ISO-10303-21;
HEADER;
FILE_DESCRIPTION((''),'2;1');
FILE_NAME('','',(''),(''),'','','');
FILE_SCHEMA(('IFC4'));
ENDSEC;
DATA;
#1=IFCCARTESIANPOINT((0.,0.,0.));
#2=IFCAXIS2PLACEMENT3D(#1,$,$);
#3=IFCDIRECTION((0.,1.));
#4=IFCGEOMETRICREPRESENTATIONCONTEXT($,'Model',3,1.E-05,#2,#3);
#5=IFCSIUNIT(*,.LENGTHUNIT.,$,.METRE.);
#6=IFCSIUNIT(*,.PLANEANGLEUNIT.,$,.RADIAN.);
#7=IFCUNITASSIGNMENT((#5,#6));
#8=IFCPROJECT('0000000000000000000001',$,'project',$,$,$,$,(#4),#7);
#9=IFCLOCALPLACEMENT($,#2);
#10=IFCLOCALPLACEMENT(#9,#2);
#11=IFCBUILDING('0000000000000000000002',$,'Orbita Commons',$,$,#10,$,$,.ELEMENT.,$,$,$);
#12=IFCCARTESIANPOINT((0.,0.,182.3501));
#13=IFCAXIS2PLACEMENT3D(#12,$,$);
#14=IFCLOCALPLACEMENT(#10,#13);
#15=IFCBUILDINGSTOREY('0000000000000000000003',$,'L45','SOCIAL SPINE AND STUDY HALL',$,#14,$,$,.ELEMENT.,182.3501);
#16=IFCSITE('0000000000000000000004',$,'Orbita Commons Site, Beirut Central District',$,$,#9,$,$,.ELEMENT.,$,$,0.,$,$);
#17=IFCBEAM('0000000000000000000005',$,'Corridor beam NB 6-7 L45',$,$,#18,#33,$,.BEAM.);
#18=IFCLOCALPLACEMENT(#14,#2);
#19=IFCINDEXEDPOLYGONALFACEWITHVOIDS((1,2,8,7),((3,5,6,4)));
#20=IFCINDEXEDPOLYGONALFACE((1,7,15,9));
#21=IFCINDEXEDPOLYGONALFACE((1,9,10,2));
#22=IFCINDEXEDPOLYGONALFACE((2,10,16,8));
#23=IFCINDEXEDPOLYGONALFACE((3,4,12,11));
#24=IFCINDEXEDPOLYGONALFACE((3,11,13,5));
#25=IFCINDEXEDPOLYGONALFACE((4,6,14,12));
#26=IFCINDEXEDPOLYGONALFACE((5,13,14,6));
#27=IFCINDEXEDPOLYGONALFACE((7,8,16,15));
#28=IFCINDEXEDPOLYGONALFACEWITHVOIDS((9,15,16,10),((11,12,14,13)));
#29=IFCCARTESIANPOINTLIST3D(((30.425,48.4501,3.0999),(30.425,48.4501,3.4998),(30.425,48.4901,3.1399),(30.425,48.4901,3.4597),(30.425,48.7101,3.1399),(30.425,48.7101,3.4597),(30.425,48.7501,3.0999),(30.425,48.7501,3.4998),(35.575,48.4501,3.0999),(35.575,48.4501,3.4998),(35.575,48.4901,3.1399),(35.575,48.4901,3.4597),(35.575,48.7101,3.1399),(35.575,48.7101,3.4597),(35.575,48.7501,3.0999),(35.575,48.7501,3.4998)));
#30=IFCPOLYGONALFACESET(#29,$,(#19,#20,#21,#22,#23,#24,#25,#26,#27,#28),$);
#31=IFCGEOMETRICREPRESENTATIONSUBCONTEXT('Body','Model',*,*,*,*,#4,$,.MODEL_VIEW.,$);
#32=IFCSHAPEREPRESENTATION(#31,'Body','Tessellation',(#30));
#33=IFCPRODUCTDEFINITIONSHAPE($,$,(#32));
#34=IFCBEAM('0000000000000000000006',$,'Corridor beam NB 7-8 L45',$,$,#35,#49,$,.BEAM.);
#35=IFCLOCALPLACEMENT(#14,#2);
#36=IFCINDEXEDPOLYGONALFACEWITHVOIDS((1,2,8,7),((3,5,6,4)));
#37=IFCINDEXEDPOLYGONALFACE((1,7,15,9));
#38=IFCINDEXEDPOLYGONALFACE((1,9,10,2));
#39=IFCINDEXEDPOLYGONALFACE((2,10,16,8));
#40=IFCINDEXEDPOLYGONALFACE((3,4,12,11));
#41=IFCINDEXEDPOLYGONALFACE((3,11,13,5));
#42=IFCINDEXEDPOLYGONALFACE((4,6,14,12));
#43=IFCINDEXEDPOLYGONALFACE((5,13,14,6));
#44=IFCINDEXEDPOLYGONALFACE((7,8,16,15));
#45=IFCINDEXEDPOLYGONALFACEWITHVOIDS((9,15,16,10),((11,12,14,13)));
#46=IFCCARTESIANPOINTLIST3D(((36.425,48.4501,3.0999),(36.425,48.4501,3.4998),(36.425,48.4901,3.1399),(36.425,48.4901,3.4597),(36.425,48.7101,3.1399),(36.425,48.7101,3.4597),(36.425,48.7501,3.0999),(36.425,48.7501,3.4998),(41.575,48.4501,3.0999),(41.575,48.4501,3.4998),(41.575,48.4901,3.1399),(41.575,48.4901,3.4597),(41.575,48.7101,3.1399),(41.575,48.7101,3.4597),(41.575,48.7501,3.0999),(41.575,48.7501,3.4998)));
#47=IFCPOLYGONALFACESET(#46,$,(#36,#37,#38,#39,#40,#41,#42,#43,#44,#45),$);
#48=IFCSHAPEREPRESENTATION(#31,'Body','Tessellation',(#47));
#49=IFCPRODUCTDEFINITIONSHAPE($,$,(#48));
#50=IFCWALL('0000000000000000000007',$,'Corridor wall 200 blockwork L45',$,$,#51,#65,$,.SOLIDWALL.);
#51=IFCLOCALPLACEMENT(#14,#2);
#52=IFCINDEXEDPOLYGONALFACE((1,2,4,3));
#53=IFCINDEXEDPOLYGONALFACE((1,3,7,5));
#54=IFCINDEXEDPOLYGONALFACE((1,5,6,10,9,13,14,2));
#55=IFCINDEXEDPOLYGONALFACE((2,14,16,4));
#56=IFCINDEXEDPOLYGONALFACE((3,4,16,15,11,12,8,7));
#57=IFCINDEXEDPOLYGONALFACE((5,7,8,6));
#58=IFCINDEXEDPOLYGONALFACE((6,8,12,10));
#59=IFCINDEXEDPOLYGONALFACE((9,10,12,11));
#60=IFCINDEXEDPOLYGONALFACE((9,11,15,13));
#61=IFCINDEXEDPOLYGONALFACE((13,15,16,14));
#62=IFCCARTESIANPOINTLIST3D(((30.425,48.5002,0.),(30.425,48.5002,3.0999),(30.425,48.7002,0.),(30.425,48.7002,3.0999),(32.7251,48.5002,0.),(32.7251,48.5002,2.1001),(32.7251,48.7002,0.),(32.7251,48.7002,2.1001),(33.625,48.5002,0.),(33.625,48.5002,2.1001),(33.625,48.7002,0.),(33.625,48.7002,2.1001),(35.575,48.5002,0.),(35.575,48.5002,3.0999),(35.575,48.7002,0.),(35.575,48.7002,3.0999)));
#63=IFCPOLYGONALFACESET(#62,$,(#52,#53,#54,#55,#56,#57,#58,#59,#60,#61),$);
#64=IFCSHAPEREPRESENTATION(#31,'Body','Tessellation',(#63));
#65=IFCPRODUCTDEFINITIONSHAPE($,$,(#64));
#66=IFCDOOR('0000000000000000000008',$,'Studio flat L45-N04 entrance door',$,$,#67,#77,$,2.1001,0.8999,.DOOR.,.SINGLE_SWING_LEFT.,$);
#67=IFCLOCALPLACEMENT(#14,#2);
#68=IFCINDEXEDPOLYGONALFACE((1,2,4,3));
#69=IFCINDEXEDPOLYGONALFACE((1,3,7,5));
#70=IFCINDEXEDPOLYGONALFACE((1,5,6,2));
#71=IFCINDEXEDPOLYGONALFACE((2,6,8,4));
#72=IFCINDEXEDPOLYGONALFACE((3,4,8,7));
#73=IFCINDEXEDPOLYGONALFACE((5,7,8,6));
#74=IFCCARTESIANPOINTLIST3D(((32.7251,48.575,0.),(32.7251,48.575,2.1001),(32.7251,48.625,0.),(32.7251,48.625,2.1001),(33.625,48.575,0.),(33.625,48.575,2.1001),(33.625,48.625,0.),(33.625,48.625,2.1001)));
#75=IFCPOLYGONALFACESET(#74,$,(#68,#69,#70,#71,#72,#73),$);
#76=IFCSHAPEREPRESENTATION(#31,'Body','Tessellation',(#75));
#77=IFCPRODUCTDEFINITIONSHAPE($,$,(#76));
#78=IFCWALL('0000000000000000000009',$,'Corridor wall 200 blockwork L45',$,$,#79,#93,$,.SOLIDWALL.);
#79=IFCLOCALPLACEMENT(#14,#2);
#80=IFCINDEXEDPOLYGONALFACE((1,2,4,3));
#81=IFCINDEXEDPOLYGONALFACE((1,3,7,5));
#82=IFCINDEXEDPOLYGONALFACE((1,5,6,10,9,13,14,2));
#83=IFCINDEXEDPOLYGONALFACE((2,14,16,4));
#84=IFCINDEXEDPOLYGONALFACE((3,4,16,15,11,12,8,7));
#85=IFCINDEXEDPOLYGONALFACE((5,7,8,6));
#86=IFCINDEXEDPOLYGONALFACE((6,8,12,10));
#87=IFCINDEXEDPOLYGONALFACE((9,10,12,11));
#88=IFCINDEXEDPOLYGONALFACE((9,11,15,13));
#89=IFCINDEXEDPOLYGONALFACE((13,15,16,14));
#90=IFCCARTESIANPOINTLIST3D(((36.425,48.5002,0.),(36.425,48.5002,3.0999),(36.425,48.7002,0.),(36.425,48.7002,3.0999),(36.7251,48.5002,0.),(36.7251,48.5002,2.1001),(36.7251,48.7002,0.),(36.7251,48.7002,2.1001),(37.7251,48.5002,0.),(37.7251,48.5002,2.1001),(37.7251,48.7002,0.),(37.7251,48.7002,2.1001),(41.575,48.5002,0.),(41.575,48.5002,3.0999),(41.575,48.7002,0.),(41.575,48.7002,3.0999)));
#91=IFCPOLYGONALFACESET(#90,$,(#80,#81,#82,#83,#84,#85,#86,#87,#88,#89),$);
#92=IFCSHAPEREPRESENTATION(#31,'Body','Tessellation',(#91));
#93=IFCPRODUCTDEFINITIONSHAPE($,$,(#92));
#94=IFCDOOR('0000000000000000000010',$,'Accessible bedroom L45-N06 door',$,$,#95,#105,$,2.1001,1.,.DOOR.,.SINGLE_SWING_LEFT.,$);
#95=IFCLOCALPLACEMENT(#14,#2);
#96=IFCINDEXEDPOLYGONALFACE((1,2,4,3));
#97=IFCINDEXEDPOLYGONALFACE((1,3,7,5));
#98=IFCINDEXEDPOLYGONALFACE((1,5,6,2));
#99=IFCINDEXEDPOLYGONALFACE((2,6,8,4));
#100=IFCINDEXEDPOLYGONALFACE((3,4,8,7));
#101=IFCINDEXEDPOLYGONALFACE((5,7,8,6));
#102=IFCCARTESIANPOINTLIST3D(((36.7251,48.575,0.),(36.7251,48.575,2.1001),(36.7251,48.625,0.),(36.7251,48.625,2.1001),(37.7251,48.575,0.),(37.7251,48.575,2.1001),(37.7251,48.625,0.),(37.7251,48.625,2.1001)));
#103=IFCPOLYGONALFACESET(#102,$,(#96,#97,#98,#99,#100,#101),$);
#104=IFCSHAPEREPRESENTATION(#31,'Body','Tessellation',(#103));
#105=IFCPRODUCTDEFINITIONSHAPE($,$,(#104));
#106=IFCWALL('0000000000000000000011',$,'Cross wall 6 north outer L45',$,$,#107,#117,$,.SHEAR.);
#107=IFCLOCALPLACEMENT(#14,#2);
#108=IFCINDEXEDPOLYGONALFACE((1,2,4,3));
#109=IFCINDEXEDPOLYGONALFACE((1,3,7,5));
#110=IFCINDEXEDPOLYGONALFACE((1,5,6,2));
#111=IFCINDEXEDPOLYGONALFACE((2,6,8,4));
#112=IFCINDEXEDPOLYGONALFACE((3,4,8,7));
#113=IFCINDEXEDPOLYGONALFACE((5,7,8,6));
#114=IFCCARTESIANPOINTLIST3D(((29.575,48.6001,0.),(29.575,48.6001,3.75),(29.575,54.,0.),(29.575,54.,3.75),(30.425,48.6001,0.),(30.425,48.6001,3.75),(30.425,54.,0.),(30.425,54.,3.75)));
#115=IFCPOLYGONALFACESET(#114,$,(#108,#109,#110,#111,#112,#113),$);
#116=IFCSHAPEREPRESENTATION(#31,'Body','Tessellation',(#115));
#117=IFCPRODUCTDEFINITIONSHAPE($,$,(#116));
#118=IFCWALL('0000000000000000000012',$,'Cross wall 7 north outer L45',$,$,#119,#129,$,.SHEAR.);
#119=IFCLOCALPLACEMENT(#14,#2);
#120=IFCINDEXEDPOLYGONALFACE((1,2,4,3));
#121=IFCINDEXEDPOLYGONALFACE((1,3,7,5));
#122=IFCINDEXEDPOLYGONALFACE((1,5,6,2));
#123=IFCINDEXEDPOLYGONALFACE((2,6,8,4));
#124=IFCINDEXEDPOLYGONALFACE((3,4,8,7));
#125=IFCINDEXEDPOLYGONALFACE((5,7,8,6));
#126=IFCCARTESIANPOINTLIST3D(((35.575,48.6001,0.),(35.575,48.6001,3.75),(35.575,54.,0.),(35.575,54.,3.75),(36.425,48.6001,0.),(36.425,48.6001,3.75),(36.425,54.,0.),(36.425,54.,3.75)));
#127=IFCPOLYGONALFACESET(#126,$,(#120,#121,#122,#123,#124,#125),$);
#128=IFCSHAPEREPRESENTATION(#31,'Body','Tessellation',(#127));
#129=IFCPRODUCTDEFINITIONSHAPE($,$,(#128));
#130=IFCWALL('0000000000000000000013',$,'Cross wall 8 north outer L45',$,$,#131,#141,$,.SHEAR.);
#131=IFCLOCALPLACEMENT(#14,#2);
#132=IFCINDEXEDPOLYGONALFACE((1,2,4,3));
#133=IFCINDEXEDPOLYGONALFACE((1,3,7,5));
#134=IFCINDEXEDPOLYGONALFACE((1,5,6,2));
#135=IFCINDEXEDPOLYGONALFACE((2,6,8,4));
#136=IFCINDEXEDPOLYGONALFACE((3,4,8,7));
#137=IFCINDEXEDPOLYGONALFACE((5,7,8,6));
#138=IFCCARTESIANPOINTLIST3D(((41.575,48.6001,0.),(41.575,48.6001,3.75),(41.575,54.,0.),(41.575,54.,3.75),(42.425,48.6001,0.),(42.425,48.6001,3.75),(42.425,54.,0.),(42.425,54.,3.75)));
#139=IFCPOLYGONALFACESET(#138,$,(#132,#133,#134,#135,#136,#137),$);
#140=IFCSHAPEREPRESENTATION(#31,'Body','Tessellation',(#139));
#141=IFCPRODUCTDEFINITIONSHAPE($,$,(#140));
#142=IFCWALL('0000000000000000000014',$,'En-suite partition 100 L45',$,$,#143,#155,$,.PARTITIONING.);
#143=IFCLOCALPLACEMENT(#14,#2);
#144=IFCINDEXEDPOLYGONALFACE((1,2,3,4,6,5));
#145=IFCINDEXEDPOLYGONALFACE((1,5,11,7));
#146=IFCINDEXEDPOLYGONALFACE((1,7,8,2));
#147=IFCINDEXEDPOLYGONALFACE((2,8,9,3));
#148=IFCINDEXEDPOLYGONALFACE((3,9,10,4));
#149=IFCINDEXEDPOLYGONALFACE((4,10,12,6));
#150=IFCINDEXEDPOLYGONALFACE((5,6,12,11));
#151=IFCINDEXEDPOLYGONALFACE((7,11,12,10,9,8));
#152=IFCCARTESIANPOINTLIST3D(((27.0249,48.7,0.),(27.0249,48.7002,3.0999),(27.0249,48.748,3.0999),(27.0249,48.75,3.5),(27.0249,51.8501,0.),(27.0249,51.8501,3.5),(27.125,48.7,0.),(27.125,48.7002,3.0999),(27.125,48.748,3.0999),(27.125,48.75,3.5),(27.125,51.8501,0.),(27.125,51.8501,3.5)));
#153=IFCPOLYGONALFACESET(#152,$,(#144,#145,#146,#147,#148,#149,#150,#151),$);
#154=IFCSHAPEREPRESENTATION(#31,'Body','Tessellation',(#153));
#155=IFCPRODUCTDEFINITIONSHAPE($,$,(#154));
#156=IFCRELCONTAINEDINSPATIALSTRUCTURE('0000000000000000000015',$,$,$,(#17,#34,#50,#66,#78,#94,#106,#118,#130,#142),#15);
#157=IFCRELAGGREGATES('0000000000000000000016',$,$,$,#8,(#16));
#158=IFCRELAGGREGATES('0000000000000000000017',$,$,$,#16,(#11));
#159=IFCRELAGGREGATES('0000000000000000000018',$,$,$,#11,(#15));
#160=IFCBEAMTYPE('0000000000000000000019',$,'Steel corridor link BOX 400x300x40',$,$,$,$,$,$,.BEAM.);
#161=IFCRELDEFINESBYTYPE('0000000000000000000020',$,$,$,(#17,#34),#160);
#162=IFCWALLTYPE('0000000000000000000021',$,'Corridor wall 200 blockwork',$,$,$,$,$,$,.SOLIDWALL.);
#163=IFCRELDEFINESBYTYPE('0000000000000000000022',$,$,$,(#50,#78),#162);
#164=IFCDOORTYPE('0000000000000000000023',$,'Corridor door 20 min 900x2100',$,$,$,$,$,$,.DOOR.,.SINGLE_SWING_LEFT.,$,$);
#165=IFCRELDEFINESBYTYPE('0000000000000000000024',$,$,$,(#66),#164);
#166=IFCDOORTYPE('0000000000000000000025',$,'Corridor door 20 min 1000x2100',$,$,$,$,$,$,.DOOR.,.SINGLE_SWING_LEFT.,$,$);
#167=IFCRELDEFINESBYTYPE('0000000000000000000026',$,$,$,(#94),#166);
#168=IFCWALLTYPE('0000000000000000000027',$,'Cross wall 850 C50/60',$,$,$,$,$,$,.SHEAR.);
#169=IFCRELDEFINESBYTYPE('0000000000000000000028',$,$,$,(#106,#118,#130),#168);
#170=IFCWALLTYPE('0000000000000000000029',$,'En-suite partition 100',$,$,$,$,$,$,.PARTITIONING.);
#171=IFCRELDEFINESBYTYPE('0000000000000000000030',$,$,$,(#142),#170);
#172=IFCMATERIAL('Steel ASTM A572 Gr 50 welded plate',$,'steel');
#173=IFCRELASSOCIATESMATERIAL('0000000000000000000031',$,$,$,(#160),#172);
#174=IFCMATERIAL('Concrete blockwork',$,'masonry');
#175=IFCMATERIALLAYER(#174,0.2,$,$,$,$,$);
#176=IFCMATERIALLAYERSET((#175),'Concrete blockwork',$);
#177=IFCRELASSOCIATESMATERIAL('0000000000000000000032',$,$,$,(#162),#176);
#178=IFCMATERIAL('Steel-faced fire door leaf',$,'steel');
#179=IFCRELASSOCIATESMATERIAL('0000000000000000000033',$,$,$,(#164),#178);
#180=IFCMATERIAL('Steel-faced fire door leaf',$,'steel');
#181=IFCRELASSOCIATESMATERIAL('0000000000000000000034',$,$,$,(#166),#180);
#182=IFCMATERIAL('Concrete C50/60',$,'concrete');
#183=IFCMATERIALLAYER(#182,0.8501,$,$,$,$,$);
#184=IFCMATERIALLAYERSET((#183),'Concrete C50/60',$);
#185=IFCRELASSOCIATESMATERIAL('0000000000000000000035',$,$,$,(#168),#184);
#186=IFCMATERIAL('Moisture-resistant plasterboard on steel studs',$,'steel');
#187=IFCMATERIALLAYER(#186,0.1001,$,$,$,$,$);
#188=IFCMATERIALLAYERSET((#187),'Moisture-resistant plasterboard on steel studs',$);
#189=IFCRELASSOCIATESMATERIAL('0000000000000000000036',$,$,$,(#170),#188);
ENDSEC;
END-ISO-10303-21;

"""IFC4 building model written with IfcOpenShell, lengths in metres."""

from ifc_helpers import new_model, si_unit, direction, frame, frame_2d, origin, origin_2d, place, context, subcontext, project, spatial, polyline, rectangle, hollow_rectangle, outline, extrude, material, layer, layer_set, material_profile, profile_set, type_object, element, fill, save


model = new_model("IFC4")

# Units and contexts
model_context = context("Model", 3, precision=1e-05, world=origin(), true_north=direction((0.0, 1.0)))
body_context = subcontext(model_context, "Body", "Model", "MODEL_VIEW")
ifc_project = project(units=[si_unit("LENGTHUNIT", "METRE"), si_unit("PLANEANGLEUNIT", "RADIAN")], contexts=[model_context])

# Site, building, storey
site_placement = place(None, origin())
site = spatial("IfcSite", under=ifc_project, at=site_placement, Name="Orbita Commons Site, Beirut Central District", CompositionType="ELEMENT", RefElevation=0.0)
building_placement = place(site_placement, origin())
building = spatial("IfcBuilding", under=site, at=building_placement, Name="Orbita Commons", CompositionType="ELEMENT")
storey_placement = place(building_placement, frame((0.0, 0.0, 182.3501)))
storey = spatial("IfcBuildingStorey", under=building, at=storey_placement, Name="L45", Description="SOCIAL SPINE AND STUDY HALL", CompositionType="ELEMENT", Elevation=182.3501)

# Beams
ifc_material_1 = material(Name="Steel ASTM A572 Gr 50 welded plate", Category="steel")
ifc_material_profile = material_profile(ifc_material_1, hollow_rectangle(XDim=0.3, YDim=0.3999, WallThickness=0.04, at=origin_2d()), Name="BOX 400x300x40")
ifc_profile_set = profile_set([ifc_material_profile], Name="Steel ASTM A572 Gr 50 welded plate")
beam_type = type_object("IfcBeamType", Name="Steel corridor link BOX 400x300x40", PredefinedType="BEAM", material=ifc_profile_set)
for number, where, z_axis, x_axis, name in (
    (1, (30.425, 48.6001, 3.2998), (1.0, 0.0, 0.0), (0.0, 1.0, 0.0), "Corridor beam NB 6-7 L45"),
    (2, (36.425, 48.6001, 3.2998), (1.0, 0.0, 0.0), (0.0, 1.0, 0.0), "Corridor beam NB 7-8 L45"),
):
    element("IfcBeam", number, at=place(storey_placement, frame(where, z_axis=z_axis, x_axis=x_axis)), inside=storey, type_object=beam_type, Name=name, PredefinedType="BEAM", context=body_context, shape_type="SweptSolid", body=[
        extrude(hollow_rectangle(XDim=0.3, YDim=0.3999, WallThickness=0.04, at=origin_2d()), origin(), (0.0, 0.0, 1.0), 5.1499),
    ])

# Walls, openings, doors
ifc_material_2 = material(Name="Concrete blockwork", Category="masonry")
ifc_layer_1 = layer(ifc_material_2, 0.2)
ifc_layer_set_1 = layer_set([ifc_layer_1], Name="Concrete blockwork")
wall_type_1 = type_object("IfcWallType", Name="Corridor wall 200 blockwork", PredefinedType="SOLIDWALL", material=ifc_layer_set_1)
wall_1_placement = place(storey_placement, frame((30.425, 48.6001, 0.0), z_axis=(0.0, 0.0, 1.0), x_axis=(1.0, 0.0, 0.0)))
wall_1 = element("IfcWall", 3, at=wall_1_placement, inside=storey, type_object=wall_type_1, Name="Corridor wall 200 blockwork L45", PredefinedType="SOLIDWALL", context=body_context, shape_type="SweptSolid", body=[
    extrude(outline(polyline([(0.0, 0.0), (5.1499, 0.0), (5.1499, 3.0999), (0.0, 3.0999), (0.0, 0.0)])), frame((0.0, 0.1001, 0.0), z_axis=(0.0, -1.0, 0.0), x_axis=(1.0, 0.0, 0.0)), (0.0, 0.0, 1.0), 0.2),
])
opening_1_placement = place(wall_1_placement, frame((2.3, 0.0, 0.0)))
opening_1 = element("IfcOpeningElement", 4, at=opening_1_placement, cuts=wall_1, PredefinedType="OPENING", context=body_context, shape_type="SweptSolid", body=[
    extrude(rectangle(XDim=0.8999, YDim=2.1001, at=frame_2d((0.45, 1.05))), frame((0.0, 0.1099, 0.0), z_axis=(0.0, -1.0, 0.0), x_axis=(1.0, 0.0, 0.0)), (0.0, 0.0, 1.0), 0.22),
])
ifc_material_3 = material(Name="Steel-faced fire door leaf", Category="steel")
door_type_1 = type_object("IfcDoorType", Name="Corridor door 20 min 900x2100", OperationType="SINGLE_SWING_LEFT", PredefinedType="DOOR", material=ifc_material_3)
door_1_placement = place(opening_1_placement, origin())
door_1 = element("IfcDoor", 5, at=door_1_placement, inside=storey, type_object=door_type_1, Name="Studio flat L45-N04 entrance door", OperationType="SINGLE_SWING_LEFT", OverallHeight=2.1001, OverallWidth=0.8999, PredefinedType="DOOR", context=body_context, shape_type="SweptSolid", body=[
    extrude(rectangle(XDim=0.8999, YDim=2.1001, at=frame_2d((0.45, 1.05))), frame((0.0, 0.0249, 0.0), z_axis=(0.0, -1.0, 0.0), x_axis=(1.0, 0.0, 0.0)), (0.0, 0.0, 1.0), 0.05),
])
fill(opening_1, door_1)
wall_2_placement = place(storey_placement, frame((36.425, 48.6001, 0.0), z_axis=(0.0, 0.0, 1.0), x_axis=(1.0, 0.0, 0.0)))
wall_2 = element("IfcWall", 6, at=wall_2_placement, inside=storey, type_object=wall_type_1, Name="Corridor wall 200 blockwork L45", PredefinedType="SOLIDWALL", context=body_context, shape_type="SweptSolid", body=[
    extrude(outline(polyline([(0.0, 0.0), (5.1499, 0.0), (5.1499, 3.0999), (0.0, 3.0999), (0.0, 0.0)])), frame((0.0, 0.1001, 0.0), z_axis=(0.0, -1.0, 0.0), x_axis=(1.0, 0.0, 0.0)), (0.0, 0.0, 1.0), 0.2),
])
opening_2_placement = place(wall_2_placement, frame((0.3, 0.0, 0.0)))
opening_2 = element("IfcOpeningElement", 7, at=opening_2_placement, cuts=wall_2, PredefinedType="OPENING", context=body_context, shape_type="SweptSolid", body=[
    extrude(rectangle(XDim=1.0, YDim=2.1001, at=frame_2d((0.5, 1.05))), frame((0.0, 0.1099, 0.0), z_axis=(0.0, -1.0, 0.0), x_axis=(1.0, 0.0, 0.0)), (0.0, 0.0, 1.0), 0.22),
])
ifc_material_4 = material(Name="Steel-faced fire door leaf", Category="steel")
door_type_2 = type_object("IfcDoorType", Name="Corridor door 20 min 1000x2100", OperationType="SINGLE_SWING_LEFT", PredefinedType="DOOR", material=ifc_material_4)
door_2_placement = place(opening_2_placement, origin())
door_2 = element("IfcDoor", 8, at=door_2_placement, inside=storey, type_object=door_type_2, Name="Accessible bedroom L45-N06 door", OperationType="SINGLE_SWING_LEFT", OverallHeight=2.1001, OverallWidth=1.0, PredefinedType="DOOR", context=body_context, shape_type="SweptSolid", body=[
    extrude(rectangle(XDim=1.0, YDim=2.1001, at=frame_2d((0.5, 1.05))), frame((0.0, 0.0249, 0.0), z_axis=(0.0, -1.0, 0.0), x_axis=(1.0, 0.0, 0.0)), (0.0, 0.0, 1.0), 0.05),
])
fill(opening_2, door_2)

# Walls
ifc_material_5 = material(Name="Concrete C50/60", Category="concrete")
ifc_layer_2 = layer(ifc_material_5, 0.8501)
ifc_layer_set_2 = layer_set([ifc_layer_2], Name="Concrete C50/60")
wall_type_2 = type_object("IfcWallType", Name="Cross wall 850 C50/60", PredefinedType="SHEAR", material=ifc_layer_set_2)
for number, where, z_axis, x_axis, name in (
    (9, (30.0, 48.6001, 0.0), (0.0, 0.0, 1.0), (0.0, 1.0, 0.0), "Cross wall 6 north outer L45"),
    (10, (36.0, 48.6001, 0.0), (0.0, 0.0, 1.0), (0.0, 1.0, 0.0), "Cross wall 7 north outer L45"),
    (11, (42.0, 48.6001, 0.0), (0.0, 0.0, 1.0), (0.0, 1.0, 0.0), "Cross wall 8 north outer L45"),
):
    element("IfcWall", number, at=place(storey_placement, frame(where, z_axis=z_axis, x_axis=x_axis)), inside=storey, type_object=wall_type_2, Name=name, PredefinedType="SHEAR", context=body_context, shape_type="SweptSolid", body=[
        extrude(rectangle(XDim=5.3999, YDim=0.8501, at=frame_2d((2.7, 0.0))), origin(), (0.0, 0.0, 1.0), 3.75),
    ])
ifc_material_6 = material(Name="Moisture-resistant plasterboard on steel studs", Category="steel")
ifc_layer_3 = layer(ifc_material_6, 0.1001)
ifc_layer_set_3 = layer_set([ifc_layer_3], Name="Moisture-resistant plasterboard on steel studs")
wall_type_3 = type_object("IfcWallType", Name="En-suite partition 100", PredefinedType="PARTITIONING", material=ifc_layer_set_3)
wall_3_placement = place(storey_placement, frame((27.075, 51.8501, 0.0), z_axis=(0.0, 0.0, 1.0), x_axis=(0.0, -1.0, 0.0)))
element("IfcWall", 12, at=wall_3_placement, inside=storey, type_object=wall_type_3, Name="En-suite partition 100 L45", PredefinedType="PARTITIONING", context=body_context, shape_type="SweptSolid", body=[
    extrude(outline(polyline([(0.0, 0.0), (3.1501, 0.0), (3.1499, 3.0999), (3.1021, 3.0999), (3.1001, 3.5), (0.0, 3.5), (0.0, 0.0)])), frame((0.0, 0.05, 0.0), z_axis=(0.0, -1.0, 0.0), x_axis=(1.0, 0.0, 0.0)), (0.0, 0.0, 1.0), 0.1001),
])

save(model, "model.ifc")
